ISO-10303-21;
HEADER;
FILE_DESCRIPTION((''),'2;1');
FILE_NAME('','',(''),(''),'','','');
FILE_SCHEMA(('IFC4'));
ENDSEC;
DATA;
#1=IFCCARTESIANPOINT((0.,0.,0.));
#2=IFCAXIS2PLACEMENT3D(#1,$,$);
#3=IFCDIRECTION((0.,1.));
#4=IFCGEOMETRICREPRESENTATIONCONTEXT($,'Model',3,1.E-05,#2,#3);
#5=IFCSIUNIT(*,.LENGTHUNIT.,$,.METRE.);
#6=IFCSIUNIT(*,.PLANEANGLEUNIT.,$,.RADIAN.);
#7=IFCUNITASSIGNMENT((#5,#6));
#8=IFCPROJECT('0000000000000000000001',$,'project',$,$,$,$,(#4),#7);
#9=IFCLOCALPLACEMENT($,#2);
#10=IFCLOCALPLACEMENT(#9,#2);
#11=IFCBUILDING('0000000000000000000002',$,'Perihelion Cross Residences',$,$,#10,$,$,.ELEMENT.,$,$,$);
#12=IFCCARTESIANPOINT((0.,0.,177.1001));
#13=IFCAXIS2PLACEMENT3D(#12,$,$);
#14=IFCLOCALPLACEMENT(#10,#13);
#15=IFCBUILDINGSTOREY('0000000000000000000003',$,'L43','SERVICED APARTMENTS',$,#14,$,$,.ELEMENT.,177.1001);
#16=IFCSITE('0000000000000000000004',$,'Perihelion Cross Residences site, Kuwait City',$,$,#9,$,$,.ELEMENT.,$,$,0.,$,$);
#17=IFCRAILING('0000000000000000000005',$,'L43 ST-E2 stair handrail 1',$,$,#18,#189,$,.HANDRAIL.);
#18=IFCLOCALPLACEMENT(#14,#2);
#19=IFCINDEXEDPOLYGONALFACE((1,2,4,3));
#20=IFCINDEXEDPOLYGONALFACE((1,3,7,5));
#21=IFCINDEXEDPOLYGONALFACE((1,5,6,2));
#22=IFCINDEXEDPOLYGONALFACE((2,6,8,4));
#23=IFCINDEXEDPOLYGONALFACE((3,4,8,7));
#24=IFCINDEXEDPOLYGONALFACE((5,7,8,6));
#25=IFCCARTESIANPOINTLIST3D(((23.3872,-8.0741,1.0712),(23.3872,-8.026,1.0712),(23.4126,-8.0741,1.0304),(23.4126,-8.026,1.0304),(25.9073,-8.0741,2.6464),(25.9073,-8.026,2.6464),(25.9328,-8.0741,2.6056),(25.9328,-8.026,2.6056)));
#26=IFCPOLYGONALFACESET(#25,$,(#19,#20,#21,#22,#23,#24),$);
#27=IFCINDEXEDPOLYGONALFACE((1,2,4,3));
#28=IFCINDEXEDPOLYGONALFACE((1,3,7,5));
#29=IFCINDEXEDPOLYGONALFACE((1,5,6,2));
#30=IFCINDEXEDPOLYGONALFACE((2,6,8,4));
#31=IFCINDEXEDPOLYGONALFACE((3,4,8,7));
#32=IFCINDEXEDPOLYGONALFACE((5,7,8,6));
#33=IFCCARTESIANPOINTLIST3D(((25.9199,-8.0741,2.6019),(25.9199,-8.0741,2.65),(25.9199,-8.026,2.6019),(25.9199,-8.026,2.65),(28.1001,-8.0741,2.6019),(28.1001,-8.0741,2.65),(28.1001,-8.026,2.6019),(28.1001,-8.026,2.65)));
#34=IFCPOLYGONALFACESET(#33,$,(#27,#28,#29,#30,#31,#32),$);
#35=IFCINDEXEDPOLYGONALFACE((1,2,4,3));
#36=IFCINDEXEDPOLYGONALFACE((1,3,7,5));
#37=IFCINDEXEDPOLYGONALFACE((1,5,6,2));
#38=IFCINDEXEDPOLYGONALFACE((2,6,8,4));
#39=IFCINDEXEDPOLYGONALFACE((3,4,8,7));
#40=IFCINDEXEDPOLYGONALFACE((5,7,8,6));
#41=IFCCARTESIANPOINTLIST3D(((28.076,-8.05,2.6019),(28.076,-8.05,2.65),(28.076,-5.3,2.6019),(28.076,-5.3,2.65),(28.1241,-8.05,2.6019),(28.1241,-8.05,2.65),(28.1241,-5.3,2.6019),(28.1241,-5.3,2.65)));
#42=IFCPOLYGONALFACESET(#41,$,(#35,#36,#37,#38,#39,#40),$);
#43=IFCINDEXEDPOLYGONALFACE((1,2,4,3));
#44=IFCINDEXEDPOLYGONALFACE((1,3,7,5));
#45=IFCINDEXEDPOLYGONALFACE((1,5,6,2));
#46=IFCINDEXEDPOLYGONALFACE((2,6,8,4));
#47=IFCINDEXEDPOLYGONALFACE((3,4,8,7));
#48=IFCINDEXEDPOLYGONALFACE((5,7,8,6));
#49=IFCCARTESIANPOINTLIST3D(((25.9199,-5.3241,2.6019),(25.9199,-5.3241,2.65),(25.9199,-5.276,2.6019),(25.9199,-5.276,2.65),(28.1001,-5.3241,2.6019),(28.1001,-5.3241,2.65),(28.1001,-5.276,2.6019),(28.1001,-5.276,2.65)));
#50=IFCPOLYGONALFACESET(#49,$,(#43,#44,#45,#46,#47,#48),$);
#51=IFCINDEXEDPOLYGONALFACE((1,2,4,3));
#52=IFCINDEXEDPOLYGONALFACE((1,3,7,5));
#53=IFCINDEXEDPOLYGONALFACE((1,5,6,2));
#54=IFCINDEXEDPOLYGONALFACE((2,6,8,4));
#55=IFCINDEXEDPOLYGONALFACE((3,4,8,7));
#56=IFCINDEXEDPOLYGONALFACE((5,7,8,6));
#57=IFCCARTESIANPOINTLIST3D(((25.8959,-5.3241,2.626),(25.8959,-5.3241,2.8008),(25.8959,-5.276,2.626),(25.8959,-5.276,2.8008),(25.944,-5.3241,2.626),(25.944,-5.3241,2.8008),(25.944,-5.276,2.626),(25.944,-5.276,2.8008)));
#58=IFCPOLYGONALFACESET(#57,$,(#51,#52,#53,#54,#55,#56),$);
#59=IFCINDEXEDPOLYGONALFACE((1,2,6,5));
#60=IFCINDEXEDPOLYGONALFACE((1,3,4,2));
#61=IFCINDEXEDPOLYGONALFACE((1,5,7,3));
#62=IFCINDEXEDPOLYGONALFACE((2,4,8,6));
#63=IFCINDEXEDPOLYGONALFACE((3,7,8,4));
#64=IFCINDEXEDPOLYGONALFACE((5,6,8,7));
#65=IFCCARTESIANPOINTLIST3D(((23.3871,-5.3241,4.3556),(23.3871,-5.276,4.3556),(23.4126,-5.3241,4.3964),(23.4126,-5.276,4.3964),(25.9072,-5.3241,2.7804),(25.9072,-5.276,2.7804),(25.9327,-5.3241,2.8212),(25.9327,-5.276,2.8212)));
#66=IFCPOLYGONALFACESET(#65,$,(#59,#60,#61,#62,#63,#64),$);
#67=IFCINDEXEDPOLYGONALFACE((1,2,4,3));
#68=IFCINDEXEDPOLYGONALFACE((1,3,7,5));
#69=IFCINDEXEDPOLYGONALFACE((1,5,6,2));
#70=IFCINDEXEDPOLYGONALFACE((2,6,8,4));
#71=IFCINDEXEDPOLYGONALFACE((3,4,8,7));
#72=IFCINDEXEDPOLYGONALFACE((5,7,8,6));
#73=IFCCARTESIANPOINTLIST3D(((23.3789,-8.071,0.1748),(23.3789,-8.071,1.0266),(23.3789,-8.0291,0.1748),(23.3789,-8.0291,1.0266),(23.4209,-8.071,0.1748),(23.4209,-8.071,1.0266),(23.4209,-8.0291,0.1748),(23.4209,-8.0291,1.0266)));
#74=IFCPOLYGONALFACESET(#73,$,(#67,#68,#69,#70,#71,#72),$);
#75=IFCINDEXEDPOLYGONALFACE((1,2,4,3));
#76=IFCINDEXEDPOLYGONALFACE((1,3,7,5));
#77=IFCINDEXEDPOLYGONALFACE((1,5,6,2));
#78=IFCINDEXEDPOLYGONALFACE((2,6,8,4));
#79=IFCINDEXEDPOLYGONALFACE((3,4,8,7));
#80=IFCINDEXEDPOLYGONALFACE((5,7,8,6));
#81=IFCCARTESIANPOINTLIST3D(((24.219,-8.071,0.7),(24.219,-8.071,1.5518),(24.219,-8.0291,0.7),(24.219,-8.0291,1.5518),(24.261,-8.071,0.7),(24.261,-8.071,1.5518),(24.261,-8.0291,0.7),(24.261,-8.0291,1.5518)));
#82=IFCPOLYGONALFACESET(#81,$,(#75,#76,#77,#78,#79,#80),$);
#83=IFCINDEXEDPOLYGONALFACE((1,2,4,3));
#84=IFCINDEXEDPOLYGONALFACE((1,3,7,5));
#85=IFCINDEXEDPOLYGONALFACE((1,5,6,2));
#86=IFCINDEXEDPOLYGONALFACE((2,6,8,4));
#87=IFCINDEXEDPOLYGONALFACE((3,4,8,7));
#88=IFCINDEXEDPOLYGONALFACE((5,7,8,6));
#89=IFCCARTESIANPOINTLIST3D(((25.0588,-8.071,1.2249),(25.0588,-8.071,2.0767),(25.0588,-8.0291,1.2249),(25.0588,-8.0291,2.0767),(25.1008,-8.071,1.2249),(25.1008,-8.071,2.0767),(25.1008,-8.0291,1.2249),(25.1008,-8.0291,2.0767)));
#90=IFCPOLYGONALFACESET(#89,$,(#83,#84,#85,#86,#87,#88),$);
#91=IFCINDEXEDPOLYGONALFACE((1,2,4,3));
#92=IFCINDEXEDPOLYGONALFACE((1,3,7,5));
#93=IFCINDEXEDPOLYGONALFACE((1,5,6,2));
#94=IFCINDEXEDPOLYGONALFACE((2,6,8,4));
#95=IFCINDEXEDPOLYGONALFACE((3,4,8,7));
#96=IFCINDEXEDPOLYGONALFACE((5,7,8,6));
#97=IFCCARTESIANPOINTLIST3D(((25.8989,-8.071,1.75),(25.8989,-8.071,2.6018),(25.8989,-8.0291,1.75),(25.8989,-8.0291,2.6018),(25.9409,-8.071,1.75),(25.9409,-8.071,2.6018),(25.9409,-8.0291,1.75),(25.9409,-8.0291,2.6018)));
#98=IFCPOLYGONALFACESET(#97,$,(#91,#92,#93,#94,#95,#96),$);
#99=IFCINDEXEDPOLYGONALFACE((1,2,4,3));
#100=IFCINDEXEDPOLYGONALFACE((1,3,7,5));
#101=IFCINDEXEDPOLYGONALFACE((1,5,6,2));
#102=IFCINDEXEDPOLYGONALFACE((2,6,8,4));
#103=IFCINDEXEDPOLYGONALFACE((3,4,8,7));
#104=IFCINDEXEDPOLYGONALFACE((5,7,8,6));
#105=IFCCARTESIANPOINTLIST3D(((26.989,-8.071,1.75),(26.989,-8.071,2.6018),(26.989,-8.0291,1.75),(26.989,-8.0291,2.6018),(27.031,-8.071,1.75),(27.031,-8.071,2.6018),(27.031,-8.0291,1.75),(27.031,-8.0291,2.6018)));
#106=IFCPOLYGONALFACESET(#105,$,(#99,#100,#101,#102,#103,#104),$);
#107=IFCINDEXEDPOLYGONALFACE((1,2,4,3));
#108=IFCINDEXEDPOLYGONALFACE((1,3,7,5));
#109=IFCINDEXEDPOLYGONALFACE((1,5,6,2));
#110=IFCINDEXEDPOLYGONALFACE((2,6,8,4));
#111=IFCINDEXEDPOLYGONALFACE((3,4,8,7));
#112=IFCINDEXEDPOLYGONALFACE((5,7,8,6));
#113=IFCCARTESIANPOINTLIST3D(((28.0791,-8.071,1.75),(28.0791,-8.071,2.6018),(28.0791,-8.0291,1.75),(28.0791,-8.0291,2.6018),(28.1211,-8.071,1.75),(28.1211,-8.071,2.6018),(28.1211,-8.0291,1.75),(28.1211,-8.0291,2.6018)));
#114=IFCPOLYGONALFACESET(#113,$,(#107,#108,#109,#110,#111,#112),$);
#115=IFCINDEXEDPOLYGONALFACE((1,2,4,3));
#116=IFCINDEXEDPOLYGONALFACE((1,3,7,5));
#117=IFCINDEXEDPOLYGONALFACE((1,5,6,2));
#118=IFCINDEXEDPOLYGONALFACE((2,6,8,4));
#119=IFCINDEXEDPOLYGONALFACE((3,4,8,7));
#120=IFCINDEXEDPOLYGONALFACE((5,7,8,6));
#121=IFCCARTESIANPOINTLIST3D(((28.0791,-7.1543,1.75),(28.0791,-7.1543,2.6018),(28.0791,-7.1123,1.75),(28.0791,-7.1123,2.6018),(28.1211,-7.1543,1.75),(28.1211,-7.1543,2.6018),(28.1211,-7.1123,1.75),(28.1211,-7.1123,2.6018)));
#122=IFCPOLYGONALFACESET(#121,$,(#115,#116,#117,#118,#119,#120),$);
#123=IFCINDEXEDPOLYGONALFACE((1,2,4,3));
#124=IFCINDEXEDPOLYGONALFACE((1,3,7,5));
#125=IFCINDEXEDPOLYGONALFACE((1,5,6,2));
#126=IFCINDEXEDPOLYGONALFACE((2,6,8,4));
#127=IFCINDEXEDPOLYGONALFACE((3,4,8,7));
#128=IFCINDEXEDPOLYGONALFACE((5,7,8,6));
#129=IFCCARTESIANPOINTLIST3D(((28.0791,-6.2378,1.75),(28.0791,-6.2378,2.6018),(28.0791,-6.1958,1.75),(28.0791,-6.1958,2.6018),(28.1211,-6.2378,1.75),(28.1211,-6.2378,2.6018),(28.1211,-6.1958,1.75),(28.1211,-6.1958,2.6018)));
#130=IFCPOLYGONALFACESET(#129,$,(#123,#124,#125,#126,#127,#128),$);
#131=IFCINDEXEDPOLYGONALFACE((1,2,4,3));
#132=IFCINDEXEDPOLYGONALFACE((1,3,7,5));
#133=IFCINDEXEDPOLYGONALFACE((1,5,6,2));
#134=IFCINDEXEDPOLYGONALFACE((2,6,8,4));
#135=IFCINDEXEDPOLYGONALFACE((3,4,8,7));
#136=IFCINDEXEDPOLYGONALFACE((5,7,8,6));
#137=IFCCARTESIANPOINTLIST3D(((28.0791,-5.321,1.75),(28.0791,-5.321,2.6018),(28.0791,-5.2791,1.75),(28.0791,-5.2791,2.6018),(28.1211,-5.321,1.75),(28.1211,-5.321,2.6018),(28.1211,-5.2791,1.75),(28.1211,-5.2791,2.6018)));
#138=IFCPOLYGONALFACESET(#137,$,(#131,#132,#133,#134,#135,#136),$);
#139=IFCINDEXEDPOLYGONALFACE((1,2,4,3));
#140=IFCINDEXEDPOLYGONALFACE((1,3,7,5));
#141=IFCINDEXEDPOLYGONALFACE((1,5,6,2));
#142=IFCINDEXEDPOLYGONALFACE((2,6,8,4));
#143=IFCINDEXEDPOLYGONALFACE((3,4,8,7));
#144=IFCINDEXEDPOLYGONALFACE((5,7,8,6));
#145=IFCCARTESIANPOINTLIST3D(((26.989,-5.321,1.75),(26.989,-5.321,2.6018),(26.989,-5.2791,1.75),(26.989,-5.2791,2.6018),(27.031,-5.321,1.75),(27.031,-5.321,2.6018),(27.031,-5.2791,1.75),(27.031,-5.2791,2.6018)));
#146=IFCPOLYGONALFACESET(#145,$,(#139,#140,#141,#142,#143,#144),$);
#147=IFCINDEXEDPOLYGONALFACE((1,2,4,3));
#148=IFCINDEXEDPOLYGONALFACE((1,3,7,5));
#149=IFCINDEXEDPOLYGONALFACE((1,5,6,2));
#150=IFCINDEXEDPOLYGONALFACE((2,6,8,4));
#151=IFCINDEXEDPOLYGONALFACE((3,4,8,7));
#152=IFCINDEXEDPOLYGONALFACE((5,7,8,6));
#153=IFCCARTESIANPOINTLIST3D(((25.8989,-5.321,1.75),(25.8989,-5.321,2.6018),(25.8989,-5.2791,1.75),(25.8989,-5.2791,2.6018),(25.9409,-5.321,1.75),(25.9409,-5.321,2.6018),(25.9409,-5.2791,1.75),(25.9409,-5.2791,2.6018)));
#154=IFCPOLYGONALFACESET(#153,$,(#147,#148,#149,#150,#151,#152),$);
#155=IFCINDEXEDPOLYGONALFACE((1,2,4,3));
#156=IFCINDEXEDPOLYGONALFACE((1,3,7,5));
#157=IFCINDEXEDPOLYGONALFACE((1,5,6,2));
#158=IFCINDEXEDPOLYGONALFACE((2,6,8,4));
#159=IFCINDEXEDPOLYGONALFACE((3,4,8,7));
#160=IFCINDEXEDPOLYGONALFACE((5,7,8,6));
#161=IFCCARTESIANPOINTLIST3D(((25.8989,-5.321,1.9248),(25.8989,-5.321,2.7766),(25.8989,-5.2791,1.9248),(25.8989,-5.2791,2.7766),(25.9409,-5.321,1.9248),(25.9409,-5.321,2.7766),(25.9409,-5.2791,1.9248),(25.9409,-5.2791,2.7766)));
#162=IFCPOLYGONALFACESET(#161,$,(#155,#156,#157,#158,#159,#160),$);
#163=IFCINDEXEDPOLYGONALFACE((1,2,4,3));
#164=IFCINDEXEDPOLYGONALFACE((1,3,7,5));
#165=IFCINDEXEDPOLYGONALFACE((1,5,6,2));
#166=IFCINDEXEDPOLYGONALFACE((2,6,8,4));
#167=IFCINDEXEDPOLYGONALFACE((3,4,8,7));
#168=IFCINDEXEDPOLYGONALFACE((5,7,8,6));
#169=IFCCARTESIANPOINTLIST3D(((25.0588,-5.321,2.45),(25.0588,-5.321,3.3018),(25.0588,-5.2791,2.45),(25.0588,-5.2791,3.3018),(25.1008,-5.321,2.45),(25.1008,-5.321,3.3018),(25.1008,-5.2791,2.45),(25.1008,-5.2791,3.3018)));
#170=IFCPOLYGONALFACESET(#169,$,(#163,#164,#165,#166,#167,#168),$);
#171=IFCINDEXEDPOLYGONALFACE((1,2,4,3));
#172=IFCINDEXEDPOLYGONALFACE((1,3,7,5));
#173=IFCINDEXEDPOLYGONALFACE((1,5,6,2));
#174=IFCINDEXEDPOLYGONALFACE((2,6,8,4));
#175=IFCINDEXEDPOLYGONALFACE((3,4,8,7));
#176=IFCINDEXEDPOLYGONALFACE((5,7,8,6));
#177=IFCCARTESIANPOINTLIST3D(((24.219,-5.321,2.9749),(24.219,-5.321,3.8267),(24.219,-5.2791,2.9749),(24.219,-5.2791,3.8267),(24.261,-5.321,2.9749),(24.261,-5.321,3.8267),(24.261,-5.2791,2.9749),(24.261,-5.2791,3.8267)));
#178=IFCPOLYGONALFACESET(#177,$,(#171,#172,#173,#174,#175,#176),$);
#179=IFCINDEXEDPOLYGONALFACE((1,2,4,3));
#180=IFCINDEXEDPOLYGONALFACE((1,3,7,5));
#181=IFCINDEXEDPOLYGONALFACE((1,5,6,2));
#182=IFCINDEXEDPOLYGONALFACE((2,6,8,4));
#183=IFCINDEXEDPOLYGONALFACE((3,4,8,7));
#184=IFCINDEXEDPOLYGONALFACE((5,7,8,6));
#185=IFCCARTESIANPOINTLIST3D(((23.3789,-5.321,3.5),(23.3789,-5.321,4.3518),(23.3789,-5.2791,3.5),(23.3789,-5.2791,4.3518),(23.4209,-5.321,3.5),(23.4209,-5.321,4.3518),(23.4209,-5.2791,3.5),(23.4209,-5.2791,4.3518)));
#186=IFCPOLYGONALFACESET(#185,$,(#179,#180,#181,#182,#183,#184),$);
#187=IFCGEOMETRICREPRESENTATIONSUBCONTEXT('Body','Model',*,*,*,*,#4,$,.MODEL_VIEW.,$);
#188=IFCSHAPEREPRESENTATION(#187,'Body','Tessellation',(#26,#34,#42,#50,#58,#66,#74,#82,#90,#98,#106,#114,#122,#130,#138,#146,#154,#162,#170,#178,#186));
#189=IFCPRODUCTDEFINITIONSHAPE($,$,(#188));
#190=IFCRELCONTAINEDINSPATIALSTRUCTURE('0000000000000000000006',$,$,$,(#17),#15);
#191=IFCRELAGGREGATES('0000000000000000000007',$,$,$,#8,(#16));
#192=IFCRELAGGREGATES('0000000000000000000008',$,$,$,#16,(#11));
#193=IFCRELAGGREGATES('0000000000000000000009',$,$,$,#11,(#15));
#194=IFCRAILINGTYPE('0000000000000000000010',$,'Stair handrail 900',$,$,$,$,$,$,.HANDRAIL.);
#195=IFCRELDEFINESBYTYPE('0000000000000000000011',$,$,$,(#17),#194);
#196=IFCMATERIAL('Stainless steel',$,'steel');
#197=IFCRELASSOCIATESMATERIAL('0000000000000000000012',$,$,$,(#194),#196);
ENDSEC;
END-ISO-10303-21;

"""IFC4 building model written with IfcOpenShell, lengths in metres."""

from ifc_helpers import new_model, si_unit, direction, frame, origin, origin_2d, place, context, subcontext, project, spatial, rectangle, extrude, material, type_object, element, save


model = new_model("IFC4")

# Units and contexts
model_context = context("Model", 3, precision=1e-05, world=origin(), true_north=direction((0.0, 1.0)))
body_context = subcontext(model_context, "Body", "Model", "MODEL_VIEW")
ifc_project = project(units=[si_unit("LENGTHUNIT", "METRE"), si_unit("PLANEANGLEUNIT", "RADIAN")], contexts=[model_context])

# Site, building, storey
site_placement = place(None, origin())
site = spatial("IfcSite", under=ifc_project, at=site_placement, Name="Perihelion Cross Residences site, Kuwait City", CompositionType="ELEMENT", RefElevation=0.0)
building_placement = place(site_placement, origin())
building = spatial("IfcBuilding", under=site, at=building_placement, Name="Perihelion Cross Residences", CompositionType="ELEMENT")
storey_placement = place(building_placement, frame((0.0, 0.0, 177.1001)))
storey = spatial("IfcBuildingStorey", under=building, at=storey_placement, Name="L43", Description="SERVICED APARTMENTS", CompositionType="ELEMENT", Elevation=177.1001)

# Railing
ifc_material_1 = material(Name="Stainless steel", Category="steel")
railing_type_1 = type_object("IfcRailingType", Name="Stair handrail 900", PredefinedType="HANDRAIL", material=ifc_material_1)
railing_1_placement = place(storey_placement, frame((23.3999, -8.05, 0.1748)))
element("IfcRailing", 1, at=railing_1_placement, inside=storey, type_object=railing_type_1, Name="L43 ST-E2 stair handrail 1", PredefinedType="HANDRAIL", context=body_context, shape_type="SweptSolid", body=[
    extrude(rectangle(XDim=0.0481, YDim=0.0481, at=origin_2d()), frame((0.0, 0.0, 0.876), z_axis=(0.847971, 0.0, 0.530043), x_axis=(0.0, 1.0, 0.0)), (0.0, 0.0, 1.0), 2.9719),
    extrude(rectangle(XDim=0.0481, YDim=0.0481, at=origin_2d()), frame((2.52, 0.0, 2.4512), z_axis=(1.0, 0.0, 0.0), x_axis=(0.0, 1.0, 0.0)), (0.0, 0.0, 1.0), 2.1802),
    extrude(rectangle(XDim=0.0481, YDim=0.0481, at=origin_2d()), frame((4.7002, 0.0, 2.4512), z_axis=(0.0, 1.0, 0.0), x_axis=(-1.0, 0.0, 0.0)), (0.0, 0.0, 1.0), 2.75),
    extrude(rectangle(XDim=0.0481, YDim=0.0481, at=origin_2d()), frame((4.7002, 2.75, 2.4512), z_axis=(-1.0, 0.0, 0.0), x_axis=(0.0, -1.0, 0.0)), (0.0, 0.0, 1.0), 2.1802),
    extrude(rectangle(XDim=0.0481, YDim=0.0481, at=origin_2d()), frame((2.52, 2.75, 2.4512), z_axis=(0.0, 0.0, 1.0), x_axis=(1.0, 0.0, 0.0)), (0.0, 0.0, 1.0), 0.1748),
    extrude(rectangle(XDim=0.0481, YDim=0.0481, at=origin_2d()), frame((2.52, 2.75, 2.626), z_axis=(-0.847971, 0.0, 0.530043), x_axis=(0.0, -1.0, 0.0)), (0.0, 0.0, 1.0), 2.9719),
    extrude(rectangle(XDim=0.042, YDim=0.042, at=origin_2d()), origin(), (0.0, 0.0, 1.0), 0.8518),
    extrude(rectangle(XDim=0.042, YDim=0.042, at=origin_2d()), frame((0.8401, 0.0, 0.5251)), (0.0, 0.0, 1.0), 0.8518),
    extrude(rectangle(XDim=0.042, YDim=0.042, at=origin_2d()), frame((1.6799, 0.0, 1.05)), (0.0, 0.0, 1.0), 0.8518),
    extrude(rectangle(XDim=0.042, YDim=0.042, at=origin_2d()), frame((2.52, 0.0, 1.5752)), (0.0, 0.0, 1.0), 0.8518),
    extrude(rectangle(XDim=0.042, YDim=0.042, at=origin_2d()), frame((3.6101, 0.0, 1.5752)), (0.0, 0.0, 1.0), 0.8518),
    extrude(rectangle(XDim=0.042, YDim=0.042, at=origin_2d()), frame((4.7002, 0.0, 1.5752)), (0.0, 0.0, 1.0), 0.8518),
    extrude(rectangle(XDim=0.042, YDim=0.042, at=origin_2d()), frame((4.7002, 0.9167, 1.5752)), (0.0, 0.0, 1.0), 0.8518),
    extrude(rectangle(XDim=0.042, YDim=0.042, at=origin_2d()), frame((4.7002, 1.8333, 1.5752)), (0.0, 0.0, 1.0), 0.8518),
    extrude(rectangle(XDim=0.042, YDim=0.042, at=origin_2d()), frame((4.7002, 2.75, 1.5752)), (0.0, 0.0, 1.0), 0.8518),
    extrude(rectangle(XDim=0.042, YDim=0.042, at=origin_2d()), frame((3.6101, 2.75, 1.5752)), (0.0, 0.0, 1.0), 0.8518),
    extrude(rectangle(XDim=0.042, YDim=0.042, at=origin_2d()), frame((2.52, 2.75, 1.5752)), (0.0, 0.0, 1.0), 0.8518),
    extrude(rectangle(XDim=0.042, YDim=0.042, at=origin_2d()), frame((2.52, 2.75, 1.75)), (0.0, 0.0, 1.0), 0.8518),
    extrude(rectangle(XDim=0.042, YDim=0.042, at=origin_2d()), frame((1.6799, 2.75, 2.2751)), (0.0, 0.0, 1.0), 0.8518),
    extrude(rectangle(XDim=0.042, YDim=0.042, at=origin_2d()), frame((0.8401, 2.75, 2.8)), (0.0, 0.0, 1.0), 0.8518),
    extrude(rectangle(XDim=0.042, YDim=0.042, at=origin_2d()), frame((0.0, 2.75, 3.3252)), (0.0, 0.0, 1.0), 0.8518),
])

save(model, "model.ifc")
